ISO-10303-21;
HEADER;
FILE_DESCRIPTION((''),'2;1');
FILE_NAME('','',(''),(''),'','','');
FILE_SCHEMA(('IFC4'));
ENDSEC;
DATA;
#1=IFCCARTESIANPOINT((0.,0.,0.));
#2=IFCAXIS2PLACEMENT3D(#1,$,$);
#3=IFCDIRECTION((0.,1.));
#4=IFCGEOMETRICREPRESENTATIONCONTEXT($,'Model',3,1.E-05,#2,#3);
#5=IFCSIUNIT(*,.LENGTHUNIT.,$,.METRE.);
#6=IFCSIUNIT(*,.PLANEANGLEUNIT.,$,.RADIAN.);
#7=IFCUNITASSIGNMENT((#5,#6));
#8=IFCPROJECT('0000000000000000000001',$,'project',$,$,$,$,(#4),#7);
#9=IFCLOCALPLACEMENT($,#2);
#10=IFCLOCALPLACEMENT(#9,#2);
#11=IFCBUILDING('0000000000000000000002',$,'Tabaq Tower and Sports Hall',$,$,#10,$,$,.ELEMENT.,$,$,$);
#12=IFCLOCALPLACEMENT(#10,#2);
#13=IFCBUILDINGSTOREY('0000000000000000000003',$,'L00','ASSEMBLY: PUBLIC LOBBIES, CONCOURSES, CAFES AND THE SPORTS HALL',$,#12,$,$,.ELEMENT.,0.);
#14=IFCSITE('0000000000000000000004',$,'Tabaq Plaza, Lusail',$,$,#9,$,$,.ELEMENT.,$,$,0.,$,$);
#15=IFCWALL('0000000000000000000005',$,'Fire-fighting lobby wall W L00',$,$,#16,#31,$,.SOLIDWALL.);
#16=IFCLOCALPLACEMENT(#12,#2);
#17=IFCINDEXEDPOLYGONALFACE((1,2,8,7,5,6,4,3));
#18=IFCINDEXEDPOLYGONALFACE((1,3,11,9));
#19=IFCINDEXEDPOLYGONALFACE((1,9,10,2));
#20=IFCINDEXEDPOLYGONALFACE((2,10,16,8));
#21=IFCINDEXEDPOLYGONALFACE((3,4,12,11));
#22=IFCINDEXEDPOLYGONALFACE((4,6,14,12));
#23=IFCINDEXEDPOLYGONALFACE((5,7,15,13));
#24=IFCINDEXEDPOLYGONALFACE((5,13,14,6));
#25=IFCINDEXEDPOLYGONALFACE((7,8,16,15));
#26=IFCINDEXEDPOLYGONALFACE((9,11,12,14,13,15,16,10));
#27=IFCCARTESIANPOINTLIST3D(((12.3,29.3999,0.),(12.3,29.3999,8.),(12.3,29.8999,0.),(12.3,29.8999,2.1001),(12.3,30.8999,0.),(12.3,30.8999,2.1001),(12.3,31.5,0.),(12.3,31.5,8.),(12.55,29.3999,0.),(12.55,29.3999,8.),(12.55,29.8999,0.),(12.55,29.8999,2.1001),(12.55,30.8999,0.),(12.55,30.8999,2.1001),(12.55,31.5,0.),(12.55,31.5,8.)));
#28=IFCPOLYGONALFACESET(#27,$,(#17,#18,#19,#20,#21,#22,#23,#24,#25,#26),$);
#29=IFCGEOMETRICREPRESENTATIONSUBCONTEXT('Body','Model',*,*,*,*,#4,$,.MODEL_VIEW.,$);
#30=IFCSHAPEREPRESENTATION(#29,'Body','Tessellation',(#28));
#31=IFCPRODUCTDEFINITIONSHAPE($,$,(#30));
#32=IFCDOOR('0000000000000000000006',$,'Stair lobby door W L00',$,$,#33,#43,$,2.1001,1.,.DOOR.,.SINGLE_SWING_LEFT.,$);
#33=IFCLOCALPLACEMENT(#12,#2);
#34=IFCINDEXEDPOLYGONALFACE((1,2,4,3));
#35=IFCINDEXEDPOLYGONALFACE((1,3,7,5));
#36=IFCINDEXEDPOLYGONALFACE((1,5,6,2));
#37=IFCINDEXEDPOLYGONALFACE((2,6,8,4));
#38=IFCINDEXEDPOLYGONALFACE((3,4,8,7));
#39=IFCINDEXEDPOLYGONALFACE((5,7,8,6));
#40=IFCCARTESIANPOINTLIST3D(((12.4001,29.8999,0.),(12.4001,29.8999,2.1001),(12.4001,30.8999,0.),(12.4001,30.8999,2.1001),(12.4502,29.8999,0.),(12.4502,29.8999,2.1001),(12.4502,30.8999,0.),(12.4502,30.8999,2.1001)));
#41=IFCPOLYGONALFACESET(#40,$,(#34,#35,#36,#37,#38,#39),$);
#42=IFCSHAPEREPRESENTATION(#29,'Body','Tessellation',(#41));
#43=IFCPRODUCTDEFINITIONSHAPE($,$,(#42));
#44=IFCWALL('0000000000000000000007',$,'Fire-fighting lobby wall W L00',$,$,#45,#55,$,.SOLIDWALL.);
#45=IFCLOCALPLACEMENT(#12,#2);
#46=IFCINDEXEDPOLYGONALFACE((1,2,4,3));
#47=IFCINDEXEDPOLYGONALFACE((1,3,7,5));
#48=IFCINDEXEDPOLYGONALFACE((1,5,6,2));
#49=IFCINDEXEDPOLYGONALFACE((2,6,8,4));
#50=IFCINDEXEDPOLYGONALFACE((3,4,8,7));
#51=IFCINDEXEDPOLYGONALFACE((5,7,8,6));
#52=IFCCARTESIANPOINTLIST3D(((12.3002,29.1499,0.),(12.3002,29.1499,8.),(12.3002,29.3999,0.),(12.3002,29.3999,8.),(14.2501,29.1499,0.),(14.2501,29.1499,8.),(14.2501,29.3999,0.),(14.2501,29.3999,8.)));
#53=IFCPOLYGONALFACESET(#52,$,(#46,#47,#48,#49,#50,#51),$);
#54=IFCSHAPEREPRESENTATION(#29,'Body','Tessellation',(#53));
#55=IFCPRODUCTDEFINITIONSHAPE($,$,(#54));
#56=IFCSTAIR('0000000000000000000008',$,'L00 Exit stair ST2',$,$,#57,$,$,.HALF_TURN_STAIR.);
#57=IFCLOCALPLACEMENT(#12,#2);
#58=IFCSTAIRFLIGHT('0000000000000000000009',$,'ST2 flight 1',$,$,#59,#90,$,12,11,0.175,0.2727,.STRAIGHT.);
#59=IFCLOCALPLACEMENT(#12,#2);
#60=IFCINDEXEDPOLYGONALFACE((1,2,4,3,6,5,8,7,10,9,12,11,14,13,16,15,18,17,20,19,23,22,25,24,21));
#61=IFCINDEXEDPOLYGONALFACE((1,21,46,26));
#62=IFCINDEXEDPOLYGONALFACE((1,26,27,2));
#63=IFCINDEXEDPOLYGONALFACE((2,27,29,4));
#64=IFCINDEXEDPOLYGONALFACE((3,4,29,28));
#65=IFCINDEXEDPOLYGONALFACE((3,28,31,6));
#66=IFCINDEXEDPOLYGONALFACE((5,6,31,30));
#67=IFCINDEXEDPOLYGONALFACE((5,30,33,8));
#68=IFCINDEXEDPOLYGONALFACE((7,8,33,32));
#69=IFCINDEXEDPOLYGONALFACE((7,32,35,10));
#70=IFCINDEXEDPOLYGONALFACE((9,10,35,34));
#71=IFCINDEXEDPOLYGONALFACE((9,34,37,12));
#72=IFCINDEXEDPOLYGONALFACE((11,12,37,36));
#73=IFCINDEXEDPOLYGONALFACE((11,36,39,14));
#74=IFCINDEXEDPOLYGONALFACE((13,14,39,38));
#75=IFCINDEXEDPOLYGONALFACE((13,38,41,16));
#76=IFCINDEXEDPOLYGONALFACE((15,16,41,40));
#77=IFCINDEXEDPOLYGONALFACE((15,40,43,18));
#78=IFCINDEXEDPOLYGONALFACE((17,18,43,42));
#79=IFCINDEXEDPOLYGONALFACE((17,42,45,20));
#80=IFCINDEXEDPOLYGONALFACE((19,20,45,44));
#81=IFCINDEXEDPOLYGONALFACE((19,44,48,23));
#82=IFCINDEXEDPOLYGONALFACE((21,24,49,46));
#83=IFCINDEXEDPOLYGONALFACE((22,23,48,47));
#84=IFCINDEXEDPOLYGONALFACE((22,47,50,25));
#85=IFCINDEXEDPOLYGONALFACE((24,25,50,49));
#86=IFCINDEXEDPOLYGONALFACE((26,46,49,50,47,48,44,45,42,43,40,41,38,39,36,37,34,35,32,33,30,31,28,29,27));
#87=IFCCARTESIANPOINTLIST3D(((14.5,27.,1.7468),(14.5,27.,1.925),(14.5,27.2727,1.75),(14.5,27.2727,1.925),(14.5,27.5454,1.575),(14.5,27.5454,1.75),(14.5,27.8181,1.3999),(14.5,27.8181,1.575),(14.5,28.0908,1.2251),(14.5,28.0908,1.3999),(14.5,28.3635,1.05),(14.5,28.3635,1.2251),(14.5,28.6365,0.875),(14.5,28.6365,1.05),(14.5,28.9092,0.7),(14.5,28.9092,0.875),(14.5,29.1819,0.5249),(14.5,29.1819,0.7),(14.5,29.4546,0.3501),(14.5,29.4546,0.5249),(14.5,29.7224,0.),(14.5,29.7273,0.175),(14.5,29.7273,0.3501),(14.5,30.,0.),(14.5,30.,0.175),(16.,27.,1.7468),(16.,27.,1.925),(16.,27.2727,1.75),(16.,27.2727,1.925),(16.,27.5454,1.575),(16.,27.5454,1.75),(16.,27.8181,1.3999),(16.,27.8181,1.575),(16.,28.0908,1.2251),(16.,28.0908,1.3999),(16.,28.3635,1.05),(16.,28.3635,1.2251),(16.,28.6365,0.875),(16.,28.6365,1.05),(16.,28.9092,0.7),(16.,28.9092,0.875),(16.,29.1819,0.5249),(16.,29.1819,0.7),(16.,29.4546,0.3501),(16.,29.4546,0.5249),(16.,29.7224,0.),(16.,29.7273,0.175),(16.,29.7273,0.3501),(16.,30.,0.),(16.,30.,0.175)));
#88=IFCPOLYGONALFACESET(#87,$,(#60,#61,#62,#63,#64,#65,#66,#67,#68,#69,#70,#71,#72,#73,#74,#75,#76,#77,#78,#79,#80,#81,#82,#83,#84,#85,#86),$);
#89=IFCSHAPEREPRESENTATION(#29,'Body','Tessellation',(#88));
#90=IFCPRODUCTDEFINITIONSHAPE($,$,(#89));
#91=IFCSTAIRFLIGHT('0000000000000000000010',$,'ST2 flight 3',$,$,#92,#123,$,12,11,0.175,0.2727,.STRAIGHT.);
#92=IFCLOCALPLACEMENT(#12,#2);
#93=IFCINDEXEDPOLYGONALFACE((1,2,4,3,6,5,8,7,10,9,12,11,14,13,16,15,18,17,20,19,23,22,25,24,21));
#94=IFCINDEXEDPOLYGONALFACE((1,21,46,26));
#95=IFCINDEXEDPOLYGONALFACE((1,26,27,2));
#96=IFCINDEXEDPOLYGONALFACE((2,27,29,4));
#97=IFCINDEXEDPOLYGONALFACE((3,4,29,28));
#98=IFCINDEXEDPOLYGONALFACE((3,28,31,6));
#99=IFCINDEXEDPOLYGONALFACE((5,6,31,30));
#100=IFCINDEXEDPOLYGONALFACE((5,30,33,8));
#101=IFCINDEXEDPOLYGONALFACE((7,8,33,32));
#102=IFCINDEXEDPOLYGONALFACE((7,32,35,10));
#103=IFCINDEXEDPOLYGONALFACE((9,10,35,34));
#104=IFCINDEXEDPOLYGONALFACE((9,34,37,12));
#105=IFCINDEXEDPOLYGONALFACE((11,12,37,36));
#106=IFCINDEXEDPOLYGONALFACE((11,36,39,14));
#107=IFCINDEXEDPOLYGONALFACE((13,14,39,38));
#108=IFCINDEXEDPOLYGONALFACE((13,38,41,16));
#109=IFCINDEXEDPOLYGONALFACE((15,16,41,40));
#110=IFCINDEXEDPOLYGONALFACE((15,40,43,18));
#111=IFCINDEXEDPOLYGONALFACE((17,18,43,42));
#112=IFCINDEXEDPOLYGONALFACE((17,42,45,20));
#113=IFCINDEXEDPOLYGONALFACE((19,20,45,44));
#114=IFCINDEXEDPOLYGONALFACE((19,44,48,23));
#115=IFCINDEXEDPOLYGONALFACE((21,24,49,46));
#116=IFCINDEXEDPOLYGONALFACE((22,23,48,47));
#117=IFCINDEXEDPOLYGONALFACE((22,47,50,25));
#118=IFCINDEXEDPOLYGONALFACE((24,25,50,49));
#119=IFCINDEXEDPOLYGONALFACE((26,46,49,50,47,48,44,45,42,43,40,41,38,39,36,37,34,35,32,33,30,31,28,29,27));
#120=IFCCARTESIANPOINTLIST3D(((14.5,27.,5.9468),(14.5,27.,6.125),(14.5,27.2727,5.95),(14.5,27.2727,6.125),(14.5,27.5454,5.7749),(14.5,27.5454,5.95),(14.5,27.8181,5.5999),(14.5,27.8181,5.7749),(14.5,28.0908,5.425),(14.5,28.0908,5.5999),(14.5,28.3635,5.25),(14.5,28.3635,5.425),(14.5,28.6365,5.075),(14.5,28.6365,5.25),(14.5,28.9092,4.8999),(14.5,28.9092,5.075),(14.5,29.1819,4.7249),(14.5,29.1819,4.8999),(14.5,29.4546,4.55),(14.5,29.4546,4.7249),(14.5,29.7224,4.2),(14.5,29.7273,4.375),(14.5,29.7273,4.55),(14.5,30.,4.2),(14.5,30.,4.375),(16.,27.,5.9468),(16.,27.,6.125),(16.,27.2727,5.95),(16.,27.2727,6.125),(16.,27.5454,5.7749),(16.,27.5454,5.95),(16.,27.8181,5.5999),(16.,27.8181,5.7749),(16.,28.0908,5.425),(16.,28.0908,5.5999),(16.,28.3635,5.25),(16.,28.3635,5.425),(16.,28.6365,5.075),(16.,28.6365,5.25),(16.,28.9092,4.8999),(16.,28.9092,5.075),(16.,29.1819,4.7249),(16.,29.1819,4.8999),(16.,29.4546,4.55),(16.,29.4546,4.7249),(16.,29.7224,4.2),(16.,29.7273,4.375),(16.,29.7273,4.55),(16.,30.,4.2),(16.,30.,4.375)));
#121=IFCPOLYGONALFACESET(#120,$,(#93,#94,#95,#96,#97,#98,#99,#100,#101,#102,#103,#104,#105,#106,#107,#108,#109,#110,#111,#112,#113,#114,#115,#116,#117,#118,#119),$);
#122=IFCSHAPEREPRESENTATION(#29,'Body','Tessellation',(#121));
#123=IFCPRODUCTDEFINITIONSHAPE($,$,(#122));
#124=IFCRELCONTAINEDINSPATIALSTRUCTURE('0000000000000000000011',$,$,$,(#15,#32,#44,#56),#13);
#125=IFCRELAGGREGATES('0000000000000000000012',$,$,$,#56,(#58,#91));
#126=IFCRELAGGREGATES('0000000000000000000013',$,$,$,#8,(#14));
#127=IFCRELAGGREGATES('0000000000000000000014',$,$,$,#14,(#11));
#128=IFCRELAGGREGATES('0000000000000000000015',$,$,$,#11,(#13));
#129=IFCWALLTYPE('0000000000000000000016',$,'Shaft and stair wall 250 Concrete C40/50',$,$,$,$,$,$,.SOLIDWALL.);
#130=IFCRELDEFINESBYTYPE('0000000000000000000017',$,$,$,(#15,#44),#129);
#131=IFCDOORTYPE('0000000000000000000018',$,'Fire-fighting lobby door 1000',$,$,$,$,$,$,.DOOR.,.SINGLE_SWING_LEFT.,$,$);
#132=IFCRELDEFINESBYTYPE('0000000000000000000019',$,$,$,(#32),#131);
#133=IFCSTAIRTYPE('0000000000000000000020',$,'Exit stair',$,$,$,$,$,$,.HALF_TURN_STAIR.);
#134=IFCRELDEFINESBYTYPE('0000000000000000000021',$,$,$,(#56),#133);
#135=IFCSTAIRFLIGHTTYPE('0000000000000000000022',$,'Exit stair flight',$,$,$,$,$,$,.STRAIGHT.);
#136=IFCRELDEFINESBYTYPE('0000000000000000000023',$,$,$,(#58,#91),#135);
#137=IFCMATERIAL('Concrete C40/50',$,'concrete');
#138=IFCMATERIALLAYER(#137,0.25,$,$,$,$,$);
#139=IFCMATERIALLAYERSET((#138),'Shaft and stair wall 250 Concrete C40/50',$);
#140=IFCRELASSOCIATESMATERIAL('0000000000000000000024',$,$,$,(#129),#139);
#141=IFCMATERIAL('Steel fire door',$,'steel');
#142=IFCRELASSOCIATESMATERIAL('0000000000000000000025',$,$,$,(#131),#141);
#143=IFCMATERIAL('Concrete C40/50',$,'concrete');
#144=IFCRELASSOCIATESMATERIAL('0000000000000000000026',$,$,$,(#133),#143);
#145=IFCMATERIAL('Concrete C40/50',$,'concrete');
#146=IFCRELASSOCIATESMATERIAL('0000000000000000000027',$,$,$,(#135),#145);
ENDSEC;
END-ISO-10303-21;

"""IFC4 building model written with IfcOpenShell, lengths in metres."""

from ifc_helpers import new_model, si_unit, direction, frame, frame_2d, origin, place, context, subcontext, project, spatial, polyline, rectangle, outline, extrude, material, layer, layer_set, type_object, element, fill, aggregate, save


model = new_model("IFC4")

# Units and contexts
model_context = context("Model", 3, precision=1e-05, world=origin(), true_north=direction((0.0, 1.0)))
body_context = subcontext(model_context, "Body", "Model", "MODEL_VIEW")
ifc_project = project(units=[si_unit("LENGTHUNIT", "METRE"), si_unit("PLANEANGLEUNIT", "RADIAN")], contexts=[model_context])

# Site, building, storey
site_placement = place(None, origin())
site = spatial("IfcSite", under=ifc_project, at=site_placement, Name="Tabaq Plaza, Lusail", CompositionType="ELEMENT", RefElevation=0.0)
building_placement = place(site_placement, origin())
building = spatial("IfcBuilding", under=site, at=building_placement, Name="Tabaq Tower and Sports Hall", CompositionType="ELEMENT")
storey_placement = place(building_placement, origin())
storey = spatial("IfcBuildingStorey", under=building, at=storey_placement, Name="L00", Description="ASSEMBLY: PUBLIC LOBBIES, CONCOURSES, CAFES AND THE SPORTS HALL", CompositionType="ELEMENT", Elevation=0.0)

# Wall, opening, door
ifc_material_1 = material(Name="Concrete C40/50", Category="concrete")
ifc_layer_1 = layer(ifc_material_1, 0.25)
ifc_layer_set_1 = layer_set([ifc_layer_1], Name="Shaft and stair wall 250 Concrete C40/50")
wall_type_1 = type_object("IfcWallType", Name="Shaft and stair wall 250 Concrete C40/50", PredefinedType="SOLIDWALL", material=ifc_layer_set_1)
wall_1_placement = place(storey_placement, frame((12.425, 29.3999, 0.0), z_axis=(0.0, 0.0, 1.0), x_axis=(0.0, 1.0, 0.0)))
wall_1 = element("IfcWall", 1, at=wall_1_placement, inside=storey, type_object=wall_type_1, Name="Fire-fighting lobby wall W L00", PredefinedType="SOLIDWALL", context=body_context, shape_type="SweptSolid", body=[
    extrude(rectangle(XDim=2.1001, YDim=0.25, at=frame_2d((1.05, 0.0))), origin(), (0.0, 0.0, 1.0), 8.0),
])
opening_1_placement = place(wall_1_placement, frame((0.5, 0.0, 0.0)))
opening_1 = element("IfcOpeningElement", 2, at=opening_1_placement, cuts=wall_1, PredefinedType="OPENING", context=body_context, shape_type="SweptSolid", body=[
    extrude(rectangle(XDim=1.0, YDim=2.1001, at=frame_2d((0.5, 1.05))), frame((0.0, 0.125, 0.0), z_axis=(0.0, -1.0, 0.0), x_axis=(1.0, 0.0, 0.0)), (0.0, 0.0, 1.0), 0.25),
])
ifc_material_2 = material(Name="Steel fire door", Category="steel")
door_type_1 = type_object("IfcDoorType", Name="Fire-fighting lobby door 1000", OperationType="SINGLE_SWING_LEFT", PredefinedType="DOOR", material=ifc_material_2)
door_1_placement = place(opening_1_placement, origin())
door_1 = element("IfcDoor", 3, at=door_1_placement, inside=storey, type_object=door_type_1, Name="Stair lobby door W L00", OperationType="SINGLE_SWING_LEFT", OverallHeight=2.1001, OverallWidth=1.0, PredefinedType="DOOR", context=body_context, shape_type="SweptSolid", body=[
    extrude(rectangle(XDim=1.0, YDim=2.1001, at=frame_2d((0.5, 1.05))), frame((0.0, 0.0249, 0.0), z_axis=(0.0, -1.0, 0.0), x_axis=(1.0, 0.0, 0.0)), (0.0, 0.0, 1.0), 0.05),
])
fill(opening_1, door_1)

# Wall
wall_2_placement = place(storey_placement, frame((12.3, 29.2749, 0.0), z_axis=(0.0, 0.0, 1.0), x_axis=(1.0, 0.0, 0.0)))
element("IfcWall", 4, at=wall_2_placement, inside=storey, type_object=wall_type_1, Name="Fire-fighting lobby wall W L00", PredefinedType="SOLIDWALL", context=body_context, shape_type="SweptSolid", body=[
    extrude(rectangle(XDim=1.95, YDim=0.25, at=frame_2d((0.9751, 0.0))), origin(), (0.0, 0.0, 1.0), 8.0),
])

# Stair, stair flights
ifc_material_3 = material(Name="Concrete C40/50", Category="concrete")
stair_type = type_object("IfcStairType", Name="Exit stair", PredefinedType="HALF_TURN_STAIR", material=ifc_material_3)
stair_placement = place(storey_placement, origin())
stair = element("IfcStair", 5, at=stair_placement, inside=storey, type_object=stair_type, Name="L00 Exit stair ST2", PredefinedType="HALF_TURN_STAIR")
ifc_material_4 = material(Name="Concrete C40/50", Category="concrete")
stair_flight_type = type_object("IfcStairFlightType", Name="Exit stair flight", PredefinedType="STRAIGHT", material=ifc_material_4)
stair_flight_1_placement = place(storey_placement, frame((15.25, 30.0, 0.0), z_axis=(0.0, 0.0, 1.0), x_axis=(0.0, -1.0, 0.0)))
stair_flight_1 = element("IfcStairFlight", 6, at=stair_flight_1_placement, type_object=stair_flight_type, Name="ST2 flight 1", NumberOfRisers=12, NumberOfTreads=11, PredefinedType="STRAIGHT", RiserHeight=0.175, TreadLength=0.2727, context=body_context, shape_type="SweptSolid", body=[
    extrude(outline(polyline([(0.0, 0.0), (0.0, 0.175), (0.2727, 0.175), (0.2727, 0.3501), (0.5454, 0.3501), (0.5454, 0.5249), (0.8181, 0.5249), (0.8181, 0.7), (1.0908, 0.7), (1.0908, 0.875), (1.3635, 0.875), (1.3635, 1.05), (1.6365, 1.05), (1.6365, 1.2251), (1.9092, 1.2251), (1.9092, 1.3999), (2.1819, 1.3999), (2.1819, 1.575), (2.4546, 1.575), (2.4546, 1.75), (2.7273, 1.75), (2.7273, 1.925), (3.0, 1.925), (3.0, 2.1001), (3.0, 1.7468), (0.2776, 0.0), (0.0, 0.0)])), frame((0.0, 0.75, 0.0), z_axis=(0.0, -1.0, 0.0), x_axis=(1.0, 0.0, 0.0)), (0.0, 0.0, 1.0), 1.5),
])
stair_flight_2_placement = place(storey_placement, frame((15.25, 30.0, 4.2), z_axis=(0.0, 0.0, 1.0), x_axis=(0.0, -1.0, 0.0)))
stair_flight_2 = element("IfcStairFlight", 7, at=stair_flight_2_placement, type_object=stair_flight_type, Name="ST2 flight 3", NumberOfRisers=12, NumberOfTreads=11, PredefinedType="STRAIGHT", RiserHeight=0.175, TreadLength=0.2727, context=body_context, shape_type="SweptSolid", body=[
    extrude(outline(polyline([(0.0, 0.0), (0.0, 0.175), (0.2727, 0.175), (0.2727, 0.3501), (0.5454, 0.3501), (0.5454, 0.5249), (0.8181, 0.5249), (0.8181, 0.7), (1.0908, 0.7), (1.0908, 0.875), (1.3635, 0.875), (1.3635, 1.05), (1.6365, 1.05), (1.6365, 1.2251), (1.9092, 1.2251), (1.9092, 1.3999), (2.1819, 1.3999), (2.1819, 1.575), (2.4546, 1.575), (2.4546, 1.75), (2.7273, 1.75), (2.7273, 1.925), (3.0, 1.925), (3.0, 2.1001), (3.0, 1.7468), (0.2776, 0.0), (0.0, 0.0)])), frame((0.0, 0.75, 0.0), z_axis=(0.0, -1.0, 0.0), x_axis=(1.0, 0.0, 0.0)), (0.0, 0.0, 1.0), 1.5),
])
aggregate(stair, [stair_flight_1, stair_flight_2])

save(model, "model.ifc")
